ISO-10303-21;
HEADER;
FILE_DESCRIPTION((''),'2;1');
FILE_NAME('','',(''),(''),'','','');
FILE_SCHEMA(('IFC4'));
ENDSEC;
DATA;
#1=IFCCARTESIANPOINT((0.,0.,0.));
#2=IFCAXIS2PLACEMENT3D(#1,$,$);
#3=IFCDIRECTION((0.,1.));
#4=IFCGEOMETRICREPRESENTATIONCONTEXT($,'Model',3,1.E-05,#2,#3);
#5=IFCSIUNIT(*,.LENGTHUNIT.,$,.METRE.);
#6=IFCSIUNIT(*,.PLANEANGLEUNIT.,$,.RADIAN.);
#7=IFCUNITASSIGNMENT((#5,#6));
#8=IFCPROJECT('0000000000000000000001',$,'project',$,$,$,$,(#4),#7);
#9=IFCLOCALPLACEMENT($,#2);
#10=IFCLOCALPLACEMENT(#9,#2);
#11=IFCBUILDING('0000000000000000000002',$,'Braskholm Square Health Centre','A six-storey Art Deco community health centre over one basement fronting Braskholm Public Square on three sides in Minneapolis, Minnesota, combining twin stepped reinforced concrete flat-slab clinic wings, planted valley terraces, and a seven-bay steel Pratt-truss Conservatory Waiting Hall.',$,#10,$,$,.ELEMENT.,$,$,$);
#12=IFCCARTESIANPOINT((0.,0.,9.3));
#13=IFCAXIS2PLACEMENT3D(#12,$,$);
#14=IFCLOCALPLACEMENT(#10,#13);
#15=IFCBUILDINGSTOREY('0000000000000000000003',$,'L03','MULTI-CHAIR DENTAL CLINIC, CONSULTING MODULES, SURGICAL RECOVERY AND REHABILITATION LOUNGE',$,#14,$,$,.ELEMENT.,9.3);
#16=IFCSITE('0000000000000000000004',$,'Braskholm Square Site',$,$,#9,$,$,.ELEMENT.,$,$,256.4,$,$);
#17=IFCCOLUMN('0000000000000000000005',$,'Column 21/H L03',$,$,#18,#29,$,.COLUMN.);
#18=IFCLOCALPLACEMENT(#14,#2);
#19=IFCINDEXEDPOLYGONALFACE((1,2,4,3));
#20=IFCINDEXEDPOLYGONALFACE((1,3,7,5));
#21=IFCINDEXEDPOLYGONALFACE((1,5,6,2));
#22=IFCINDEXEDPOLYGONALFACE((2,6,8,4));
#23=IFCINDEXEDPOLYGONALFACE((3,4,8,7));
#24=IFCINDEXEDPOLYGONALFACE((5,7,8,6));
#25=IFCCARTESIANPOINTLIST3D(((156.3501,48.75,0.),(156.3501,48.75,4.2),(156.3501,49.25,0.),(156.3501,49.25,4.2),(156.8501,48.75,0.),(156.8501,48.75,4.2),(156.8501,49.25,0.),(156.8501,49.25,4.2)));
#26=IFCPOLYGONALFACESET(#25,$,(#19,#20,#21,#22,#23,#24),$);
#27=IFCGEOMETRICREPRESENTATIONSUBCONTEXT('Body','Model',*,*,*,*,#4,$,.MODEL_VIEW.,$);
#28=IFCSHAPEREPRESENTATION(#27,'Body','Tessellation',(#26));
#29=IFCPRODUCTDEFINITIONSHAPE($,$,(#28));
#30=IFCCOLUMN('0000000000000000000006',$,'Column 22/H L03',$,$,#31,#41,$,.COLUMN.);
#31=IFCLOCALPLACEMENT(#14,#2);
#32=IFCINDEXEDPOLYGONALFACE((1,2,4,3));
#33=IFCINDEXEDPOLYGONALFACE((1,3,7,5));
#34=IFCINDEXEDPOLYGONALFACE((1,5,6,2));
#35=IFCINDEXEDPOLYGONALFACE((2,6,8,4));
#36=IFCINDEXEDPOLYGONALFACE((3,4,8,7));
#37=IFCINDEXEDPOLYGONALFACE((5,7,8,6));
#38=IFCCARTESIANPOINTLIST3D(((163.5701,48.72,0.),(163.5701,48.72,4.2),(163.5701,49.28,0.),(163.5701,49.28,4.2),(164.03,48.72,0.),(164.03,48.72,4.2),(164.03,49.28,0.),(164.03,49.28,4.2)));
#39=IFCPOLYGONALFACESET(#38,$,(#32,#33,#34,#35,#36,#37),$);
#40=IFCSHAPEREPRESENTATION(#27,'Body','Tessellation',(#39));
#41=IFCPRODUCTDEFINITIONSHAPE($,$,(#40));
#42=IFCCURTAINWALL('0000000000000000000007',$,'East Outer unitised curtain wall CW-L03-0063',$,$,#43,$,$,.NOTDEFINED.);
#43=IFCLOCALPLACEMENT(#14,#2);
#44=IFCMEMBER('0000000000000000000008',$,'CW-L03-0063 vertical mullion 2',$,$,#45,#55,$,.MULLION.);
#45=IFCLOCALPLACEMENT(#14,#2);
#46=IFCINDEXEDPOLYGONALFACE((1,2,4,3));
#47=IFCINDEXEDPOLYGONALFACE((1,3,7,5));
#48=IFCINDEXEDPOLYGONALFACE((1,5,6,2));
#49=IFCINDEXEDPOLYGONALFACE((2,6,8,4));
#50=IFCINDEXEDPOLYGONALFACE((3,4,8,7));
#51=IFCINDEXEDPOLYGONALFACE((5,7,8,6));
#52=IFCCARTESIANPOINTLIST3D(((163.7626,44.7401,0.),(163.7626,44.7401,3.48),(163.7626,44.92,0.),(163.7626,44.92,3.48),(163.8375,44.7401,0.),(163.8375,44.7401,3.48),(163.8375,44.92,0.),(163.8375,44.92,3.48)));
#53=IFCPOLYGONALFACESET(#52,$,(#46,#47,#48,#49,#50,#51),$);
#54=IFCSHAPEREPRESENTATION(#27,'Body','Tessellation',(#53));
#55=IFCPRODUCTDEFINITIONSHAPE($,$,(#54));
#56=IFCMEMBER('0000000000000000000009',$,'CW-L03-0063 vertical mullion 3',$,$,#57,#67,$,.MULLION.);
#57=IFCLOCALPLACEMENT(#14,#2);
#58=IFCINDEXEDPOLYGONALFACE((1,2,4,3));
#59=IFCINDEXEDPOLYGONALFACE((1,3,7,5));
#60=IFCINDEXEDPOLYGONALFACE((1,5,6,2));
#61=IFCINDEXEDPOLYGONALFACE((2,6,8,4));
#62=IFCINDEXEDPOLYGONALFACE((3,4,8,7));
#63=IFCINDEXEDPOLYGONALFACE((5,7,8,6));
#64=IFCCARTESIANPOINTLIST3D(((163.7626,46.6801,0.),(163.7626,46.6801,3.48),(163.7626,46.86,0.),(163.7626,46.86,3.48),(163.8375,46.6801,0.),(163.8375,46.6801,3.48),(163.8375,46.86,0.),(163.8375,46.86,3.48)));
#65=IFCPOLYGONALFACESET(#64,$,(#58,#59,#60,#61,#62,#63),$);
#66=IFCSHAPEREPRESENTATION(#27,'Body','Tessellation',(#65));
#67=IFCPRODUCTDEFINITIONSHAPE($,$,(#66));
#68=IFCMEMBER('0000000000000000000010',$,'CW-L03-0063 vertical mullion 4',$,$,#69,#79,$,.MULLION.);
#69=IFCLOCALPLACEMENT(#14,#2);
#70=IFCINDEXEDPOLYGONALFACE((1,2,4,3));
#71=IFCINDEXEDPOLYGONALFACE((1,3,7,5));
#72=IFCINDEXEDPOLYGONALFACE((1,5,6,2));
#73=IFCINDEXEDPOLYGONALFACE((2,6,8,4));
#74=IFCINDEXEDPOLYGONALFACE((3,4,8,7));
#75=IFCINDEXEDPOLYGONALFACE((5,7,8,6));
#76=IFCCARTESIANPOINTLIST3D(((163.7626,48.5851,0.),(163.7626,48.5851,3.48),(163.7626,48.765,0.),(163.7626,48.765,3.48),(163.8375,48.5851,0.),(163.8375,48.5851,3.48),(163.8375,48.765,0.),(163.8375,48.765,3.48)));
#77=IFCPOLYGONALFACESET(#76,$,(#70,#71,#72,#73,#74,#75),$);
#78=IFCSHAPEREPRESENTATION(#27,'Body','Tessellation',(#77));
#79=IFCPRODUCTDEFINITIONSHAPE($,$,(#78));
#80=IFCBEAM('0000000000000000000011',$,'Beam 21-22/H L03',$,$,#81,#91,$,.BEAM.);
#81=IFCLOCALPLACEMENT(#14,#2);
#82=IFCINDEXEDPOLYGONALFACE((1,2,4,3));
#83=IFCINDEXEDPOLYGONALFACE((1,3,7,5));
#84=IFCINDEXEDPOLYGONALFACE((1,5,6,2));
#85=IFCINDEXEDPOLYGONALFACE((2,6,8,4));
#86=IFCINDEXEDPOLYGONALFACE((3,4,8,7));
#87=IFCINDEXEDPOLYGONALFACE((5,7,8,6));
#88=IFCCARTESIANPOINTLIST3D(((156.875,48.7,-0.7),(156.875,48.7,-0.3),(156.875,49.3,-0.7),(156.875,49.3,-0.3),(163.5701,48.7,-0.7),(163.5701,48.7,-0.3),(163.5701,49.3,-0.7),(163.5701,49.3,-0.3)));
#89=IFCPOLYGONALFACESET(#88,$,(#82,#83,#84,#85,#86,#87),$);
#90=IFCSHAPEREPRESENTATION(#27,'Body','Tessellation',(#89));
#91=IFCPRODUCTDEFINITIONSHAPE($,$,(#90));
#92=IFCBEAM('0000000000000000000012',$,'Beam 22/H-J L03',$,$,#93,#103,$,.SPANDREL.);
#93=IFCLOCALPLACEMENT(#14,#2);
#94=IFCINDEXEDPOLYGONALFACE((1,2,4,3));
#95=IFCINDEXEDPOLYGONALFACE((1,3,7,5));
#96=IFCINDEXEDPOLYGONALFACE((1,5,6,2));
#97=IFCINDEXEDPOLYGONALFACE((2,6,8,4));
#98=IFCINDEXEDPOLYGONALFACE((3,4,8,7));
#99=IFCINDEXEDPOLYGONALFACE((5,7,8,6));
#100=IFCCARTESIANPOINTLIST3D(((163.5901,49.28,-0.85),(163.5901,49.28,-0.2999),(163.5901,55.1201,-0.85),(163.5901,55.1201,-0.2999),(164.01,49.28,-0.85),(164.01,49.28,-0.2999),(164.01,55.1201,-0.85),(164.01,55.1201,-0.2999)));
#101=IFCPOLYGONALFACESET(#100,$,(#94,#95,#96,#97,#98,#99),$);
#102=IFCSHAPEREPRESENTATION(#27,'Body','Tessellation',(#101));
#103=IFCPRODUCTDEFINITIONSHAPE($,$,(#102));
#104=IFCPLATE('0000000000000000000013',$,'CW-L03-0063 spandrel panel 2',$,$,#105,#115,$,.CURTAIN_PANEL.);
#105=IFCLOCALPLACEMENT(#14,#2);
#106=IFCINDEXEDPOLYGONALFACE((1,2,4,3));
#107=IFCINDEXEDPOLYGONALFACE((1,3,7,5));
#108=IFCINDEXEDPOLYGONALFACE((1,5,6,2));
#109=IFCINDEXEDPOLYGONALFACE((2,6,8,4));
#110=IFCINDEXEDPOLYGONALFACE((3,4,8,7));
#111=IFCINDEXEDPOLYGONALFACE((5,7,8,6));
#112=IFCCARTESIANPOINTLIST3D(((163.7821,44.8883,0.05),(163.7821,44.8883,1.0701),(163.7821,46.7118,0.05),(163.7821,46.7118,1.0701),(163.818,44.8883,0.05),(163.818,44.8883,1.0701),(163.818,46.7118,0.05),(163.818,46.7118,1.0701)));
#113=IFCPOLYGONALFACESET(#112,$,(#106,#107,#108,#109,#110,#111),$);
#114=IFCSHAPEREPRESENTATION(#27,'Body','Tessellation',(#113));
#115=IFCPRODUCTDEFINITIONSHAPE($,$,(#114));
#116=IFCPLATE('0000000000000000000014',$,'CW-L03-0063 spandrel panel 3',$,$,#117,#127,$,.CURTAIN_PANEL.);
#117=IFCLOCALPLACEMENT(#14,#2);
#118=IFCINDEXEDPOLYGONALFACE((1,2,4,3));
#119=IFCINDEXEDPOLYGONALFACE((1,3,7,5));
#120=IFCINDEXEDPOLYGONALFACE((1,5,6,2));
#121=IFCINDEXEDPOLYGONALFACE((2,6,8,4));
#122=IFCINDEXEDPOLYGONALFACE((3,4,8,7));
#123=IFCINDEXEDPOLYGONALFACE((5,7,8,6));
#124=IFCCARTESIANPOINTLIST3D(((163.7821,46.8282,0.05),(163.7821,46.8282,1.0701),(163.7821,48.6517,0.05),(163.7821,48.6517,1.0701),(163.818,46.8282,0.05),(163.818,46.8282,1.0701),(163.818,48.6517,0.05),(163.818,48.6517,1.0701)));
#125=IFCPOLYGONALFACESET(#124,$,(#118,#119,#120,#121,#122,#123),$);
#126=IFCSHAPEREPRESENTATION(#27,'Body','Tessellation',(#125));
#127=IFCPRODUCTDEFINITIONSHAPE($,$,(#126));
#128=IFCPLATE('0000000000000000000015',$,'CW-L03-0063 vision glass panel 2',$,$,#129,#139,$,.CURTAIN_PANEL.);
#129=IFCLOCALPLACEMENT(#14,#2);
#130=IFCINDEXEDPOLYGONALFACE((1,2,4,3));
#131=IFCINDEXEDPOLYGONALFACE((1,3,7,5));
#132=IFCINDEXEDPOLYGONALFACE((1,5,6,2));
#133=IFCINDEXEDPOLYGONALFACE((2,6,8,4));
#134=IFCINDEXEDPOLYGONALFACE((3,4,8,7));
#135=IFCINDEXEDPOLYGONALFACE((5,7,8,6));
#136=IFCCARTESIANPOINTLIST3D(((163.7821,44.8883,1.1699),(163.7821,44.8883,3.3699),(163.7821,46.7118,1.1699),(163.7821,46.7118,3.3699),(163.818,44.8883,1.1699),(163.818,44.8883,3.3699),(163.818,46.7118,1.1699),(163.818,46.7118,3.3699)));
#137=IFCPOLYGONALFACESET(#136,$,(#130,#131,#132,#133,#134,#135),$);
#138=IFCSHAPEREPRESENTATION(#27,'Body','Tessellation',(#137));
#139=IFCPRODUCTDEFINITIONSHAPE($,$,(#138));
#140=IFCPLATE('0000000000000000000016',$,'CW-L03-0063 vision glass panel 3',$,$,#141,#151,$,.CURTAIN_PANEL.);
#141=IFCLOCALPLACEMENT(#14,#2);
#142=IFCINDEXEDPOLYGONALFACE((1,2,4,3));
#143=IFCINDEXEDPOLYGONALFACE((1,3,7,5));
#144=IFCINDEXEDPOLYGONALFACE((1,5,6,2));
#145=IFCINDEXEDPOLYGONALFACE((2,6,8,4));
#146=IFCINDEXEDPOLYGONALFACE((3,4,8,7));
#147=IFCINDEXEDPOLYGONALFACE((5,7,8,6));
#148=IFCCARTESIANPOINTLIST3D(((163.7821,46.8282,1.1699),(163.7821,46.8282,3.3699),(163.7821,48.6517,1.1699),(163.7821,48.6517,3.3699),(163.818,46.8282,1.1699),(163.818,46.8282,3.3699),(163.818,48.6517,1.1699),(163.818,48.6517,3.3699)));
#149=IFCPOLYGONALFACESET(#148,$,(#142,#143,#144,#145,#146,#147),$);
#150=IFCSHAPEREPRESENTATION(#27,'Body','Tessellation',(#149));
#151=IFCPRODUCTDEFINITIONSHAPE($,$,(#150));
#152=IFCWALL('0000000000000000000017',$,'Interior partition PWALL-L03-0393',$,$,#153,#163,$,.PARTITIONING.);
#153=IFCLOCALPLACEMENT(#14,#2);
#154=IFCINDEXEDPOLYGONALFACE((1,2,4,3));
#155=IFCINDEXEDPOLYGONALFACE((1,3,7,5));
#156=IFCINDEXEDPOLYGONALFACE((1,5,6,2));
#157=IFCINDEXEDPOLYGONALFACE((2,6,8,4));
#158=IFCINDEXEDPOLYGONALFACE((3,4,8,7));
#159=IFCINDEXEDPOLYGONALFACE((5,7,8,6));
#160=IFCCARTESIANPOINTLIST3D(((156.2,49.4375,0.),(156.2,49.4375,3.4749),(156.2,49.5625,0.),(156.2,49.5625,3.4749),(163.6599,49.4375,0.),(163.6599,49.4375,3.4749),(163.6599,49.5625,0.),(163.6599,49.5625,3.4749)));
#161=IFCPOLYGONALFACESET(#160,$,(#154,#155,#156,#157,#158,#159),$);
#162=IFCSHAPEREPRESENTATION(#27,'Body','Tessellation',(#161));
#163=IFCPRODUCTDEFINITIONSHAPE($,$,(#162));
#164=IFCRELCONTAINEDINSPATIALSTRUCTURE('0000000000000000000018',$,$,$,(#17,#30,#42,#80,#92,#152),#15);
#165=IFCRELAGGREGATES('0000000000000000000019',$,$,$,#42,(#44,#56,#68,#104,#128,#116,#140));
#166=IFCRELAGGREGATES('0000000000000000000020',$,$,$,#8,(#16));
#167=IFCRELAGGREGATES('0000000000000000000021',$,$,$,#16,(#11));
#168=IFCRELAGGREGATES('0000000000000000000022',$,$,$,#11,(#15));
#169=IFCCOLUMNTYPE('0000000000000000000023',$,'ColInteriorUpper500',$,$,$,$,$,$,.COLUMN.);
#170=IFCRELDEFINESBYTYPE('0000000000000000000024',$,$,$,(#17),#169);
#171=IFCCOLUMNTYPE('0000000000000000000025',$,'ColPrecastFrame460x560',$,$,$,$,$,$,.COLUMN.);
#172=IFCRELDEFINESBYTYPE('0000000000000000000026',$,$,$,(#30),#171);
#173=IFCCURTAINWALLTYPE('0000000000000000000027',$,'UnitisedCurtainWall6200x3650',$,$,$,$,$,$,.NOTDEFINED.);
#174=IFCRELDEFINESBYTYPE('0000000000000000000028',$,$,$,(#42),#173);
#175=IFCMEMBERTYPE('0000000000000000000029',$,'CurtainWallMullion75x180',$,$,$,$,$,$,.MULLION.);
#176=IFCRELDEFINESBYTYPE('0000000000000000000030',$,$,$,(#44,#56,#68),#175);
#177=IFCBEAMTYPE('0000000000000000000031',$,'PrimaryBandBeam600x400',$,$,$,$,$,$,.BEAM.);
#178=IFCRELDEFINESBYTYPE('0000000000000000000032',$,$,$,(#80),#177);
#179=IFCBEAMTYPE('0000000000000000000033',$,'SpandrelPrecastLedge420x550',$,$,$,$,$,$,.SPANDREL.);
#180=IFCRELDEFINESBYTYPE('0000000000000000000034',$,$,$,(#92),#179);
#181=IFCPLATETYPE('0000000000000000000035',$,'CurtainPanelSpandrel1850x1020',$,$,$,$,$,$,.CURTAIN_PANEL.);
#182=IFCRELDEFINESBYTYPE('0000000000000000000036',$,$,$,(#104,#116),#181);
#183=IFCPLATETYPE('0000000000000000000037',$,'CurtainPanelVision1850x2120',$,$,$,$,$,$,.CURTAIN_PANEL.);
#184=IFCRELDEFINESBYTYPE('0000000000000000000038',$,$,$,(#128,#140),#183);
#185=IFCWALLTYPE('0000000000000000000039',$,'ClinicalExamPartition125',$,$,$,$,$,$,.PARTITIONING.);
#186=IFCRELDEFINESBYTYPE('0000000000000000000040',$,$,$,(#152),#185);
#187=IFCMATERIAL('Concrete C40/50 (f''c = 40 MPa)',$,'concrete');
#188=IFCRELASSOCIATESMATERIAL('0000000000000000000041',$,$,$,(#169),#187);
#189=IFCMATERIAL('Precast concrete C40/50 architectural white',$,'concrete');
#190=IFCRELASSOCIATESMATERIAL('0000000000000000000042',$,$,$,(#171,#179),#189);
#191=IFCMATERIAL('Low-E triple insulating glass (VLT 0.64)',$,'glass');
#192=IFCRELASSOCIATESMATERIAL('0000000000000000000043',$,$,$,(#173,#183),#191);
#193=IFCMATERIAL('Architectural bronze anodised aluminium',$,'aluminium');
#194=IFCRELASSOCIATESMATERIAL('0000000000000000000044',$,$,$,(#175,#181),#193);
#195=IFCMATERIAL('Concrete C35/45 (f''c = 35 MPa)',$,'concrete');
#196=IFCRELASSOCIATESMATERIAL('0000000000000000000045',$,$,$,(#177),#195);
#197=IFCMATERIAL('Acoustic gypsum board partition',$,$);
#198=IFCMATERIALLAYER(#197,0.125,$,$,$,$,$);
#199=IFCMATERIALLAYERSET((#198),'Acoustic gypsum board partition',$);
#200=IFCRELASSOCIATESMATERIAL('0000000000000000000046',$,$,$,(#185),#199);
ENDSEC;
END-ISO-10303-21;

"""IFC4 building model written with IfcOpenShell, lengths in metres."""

from ifc_helpers import new_model, si_unit, direction, frame, frame_2d, origin, origin_2d, place, context, subcontext, project, spatial, rectangle, extrude, material, layer, layer_set, material_profile, profile_set, type_object, element, aggregate, save


model = new_model("IFC4")

# Units and contexts
model_context = context("Model", 3, precision=1e-05, world=origin(), true_north=direction((0.0, 1.0)))
body_context = subcontext(model_context, "Body", "Model", "MODEL_VIEW")
ifc_project = project(units=[si_unit("LENGTHUNIT", "METRE"), si_unit("PLANEANGLEUNIT", "RADIAN")], contexts=[model_context])

# Site, building, storey
site_placement = place(None, origin())
site = spatial("IfcSite", under=ifc_project, at=site_placement, Name="Braskholm Square Site", CompositionType="ELEMENT", RefElevation=256.4)
building_placement = place(site_placement, origin())
building = spatial("IfcBuilding", under=site, at=building_placement, Name="Braskholm Square Health Centre", Description="A six-storey Art Deco community health centre over one basement fronting Braskholm Public Square on three sides in Minneapolis, Minnesota, combining twin stepped reinforced concrete flat-slab clinic wings, planted valley terraces, and a seven-bay steel Pratt-truss Conservatory Waiting Hall.", CompositionType="ELEMENT")
storey_placement = place(building_placement, frame((0.0, 0.0, 9.3)))
storey = spatial("IfcBuildingStorey", under=building, at=storey_placement, Name="L03", Description="MULTI-CHAIR DENTAL CLINIC, CONSULTING MODULES, SURGICAL RECOVERY AND REHABILITATION LOUNGE", CompositionType="ELEMENT", Elevation=9.3)

# Columns
ifc_material_1 = material(Name="Concrete C40/50 (f'c = 40 MPa)", Category="concrete")
ifc_material_profile_1 = material_profile(ifc_material_1, rectangle(XDim=0.5, YDim=0.5, at=origin_2d()), Name="RC-500X500")
ifc_profile_set_1 = profile_set([ifc_material_profile_1], Name="Concrete C40/50 (f'c = 40 MPa)")
column_type_1 = type_object("IfcColumnType", Name="ColInteriorUpper500", PredefinedType="COLUMN", material=ifc_profile_set_1)
column_1_placement = place(storey_placement, frame((156.6001, 49.0, 0.0), z_axis=(0.0, 0.0, 1.0), x_axis=(1.0, 0.0, 0.0)))
element("IfcColumn", 1, at=column_1_placement, inside=storey, type_object=column_type_1, Name="Column 21/H L03", PredefinedType="COLUMN", context=body_context, shape_type="SweptSolid", body=[
    extrude(rectangle(XDim=0.5, YDim=0.5, at=origin_2d()), origin(), (0.0, 0.0, 1.0), 4.2),
])
ifc_material_2 = material(Name="Precast concrete C40/50 architectural white", Category="concrete")
ifc_material_profile_2 = material_profile(ifc_material_2, rectangle(XDim=0.46, YDim=0.5601, at=origin_2d()), Name="RC-460X560")
ifc_profile_set_2 = profile_set([ifc_material_profile_2], Name="Precast concrete C40/50 architectural white")
column_type_2 = type_object("IfcColumnType", Name="ColPrecastFrame460x560", PredefinedType="COLUMN", material=ifc_profile_set_2)
column_2_placement = place(storey_placement, frame((163.8, 49.0, 0.0), z_axis=(0.0, 0.0, 1.0), x_axis=(1.0, 0.0, 0.0)))
element("IfcColumn", 2, at=column_2_placement, inside=storey, type_object=column_type_2, Name="Column 22/H L03", PredefinedType="COLUMN", context=body_context, shape_type="SweptSolid", body=[
    extrude(rectangle(XDim=0.46, YDim=0.5601, at=origin_2d()), origin(), (0.0, 0.0, 1.0), 4.2),
])

# Curtain wall, members
ifc_material_3 = material(Name="Low-E triple insulating glass (VLT 0.64)", Category="glass")
curtain_wall_type = type_object("IfcCurtainWallType", Name="UnitisedCurtainWall6200x3650", PredefinedType="NOTDEFINED", material=ifc_material_3)
curtain_wall_placement = place(storey_placement, origin())
curtain_wall = element("IfcCurtainWall", 3, at=curtain_wall_placement, inside=storey, type_object=curtain_wall_type, Name="East Outer unitised curtain wall CW-L03-0063", PredefinedType="NOTDEFINED")
ifc_material_4 = material(Name="Architectural bronze anodised aluminium", Category="aluminium")
ifc_material_profile_3 = material_profile(ifc_material_4, rectangle(XDim=0.075, YDim=0.1799, at=origin_2d()), Name="ALU-75X180")
ifc_profile_set_3 = profile_set([ifc_material_profile_3], Name="Architectural bronze anodised aluminium")
member_type = type_object("IfcMemberType", Name="CurtainWallMullion75x180", PredefinedType="MULLION", material=ifc_profile_set_3)
member_1_placement = place(storey_placement, frame((163.8, 44.8301, 0.0), z_axis=(0.0, 0.0, 1.0), x_axis=(1.0, 0.0, 0.0)))
member_1 = element("IfcMember", 4, at=member_1_placement, type_object=member_type, Name="CW-L03-0063 vertical mullion 2", PredefinedType="MULLION", context=body_context, shape_type="SweptSolid", body=[
    extrude(rectangle(XDim=0.075, YDim=0.1799, at=origin_2d()), origin(), (0.0, 0.0, 1.0), 3.48),
])
member_2_placement = place(storey_placement, frame((163.8, 46.77, 0.0), z_axis=(0.0, 0.0, 1.0), x_axis=(1.0, 0.0, 0.0)))
member_2 = element("IfcMember", 5, at=member_2_placement, type_object=member_type, Name="CW-L03-0063 vertical mullion 3", PredefinedType="MULLION", context=body_context, shape_type="SweptSolid", body=[
    extrude(rectangle(XDim=0.075, YDim=0.1799, at=origin_2d()), origin(), (0.0, 0.0, 1.0), 3.48),
])
member_3_placement = place(storey_placement, frame((163.8, 48.675, 0.0), z_axis=(0.0, 0.0, 1.0), x_axis=(1.0, 0.0, 0.0)))
member_3 = element("IfcMember", 6, at=member_3_placement, type_object=member_type, Name="CW-L03-0063 vertical mullion 4", PredefinedType="MULLION", context=body_context, shape_type="SweptSolid", body=[
    extrude(rectangle(XDim=0.075, YDim=0.1799, at=origin_2d()), origin(), (0.0, 0.0, 1.0), 3.48),
])

# Beams
ifc_material_5 = material(Name="Concrete C35/45 (f'c = 35 MPa)", Category="concrete")
ifc_material_profile_4 = material_profile(ifc_material_5, rectangle(XDim=0.6001, YDim=0.3999, at=origin_2d()), Name="RCB-600X400")
ifc_profile_set_4 = profile_set([ifc_material_profile_4], Name="Concrete C35/45 (f'c = 35 MPa)")
beam_type_1 = type_object("IfcBeamType", Name="PrimaryBandBeam600x400", PredefinedType="BEAM", material=ifc_profile_set_4)
beam_1_placement = place(storey_placement, frame((156.875, 49.0, -0.5), z_axis=(1.0, 0.0, 0.0), x_axis=(0.0, 1.0, 0.0)))
element("IfcBeam", 7, at=beam_1_placement, inside=storey, type_object=beam_type_1, Name="Beam 21-22/H L03", PredefinedType="BEAM", context=body_context, shape_type="SweptSolid", body=[
    extrude(rectangle(XDim=0.6001, YDim=0.3999, at=origin_2d()), origin(), (0.0, 0.0, 1.0), 6.6951),
])
ifc_material_profile_5 = material_profile(ifc_material_2, rectangle(XDim=0.4199, YDim=0.55, at=origin_2d()), Name="RCB-420X550")
ifc_profile_set_5 = profile_set([ifc_material_profile_5], Name="Precast concrete C40/50 architectural white")
beam_type_2 = type_object("IfcBeamType", Name="SpandrelPrecastLedge420x550", PredefinedType="SPANDREL", material=ifc_profile_set_5)
beam_2_placement = place(storey_placement, frame((163.8, 49.28, -0.575), z_axis=(0.0, 1.0, 0.0), x_axis=(-1.0, 0.0, 0.0)))
element("IfcBeam", 8, at=beam_2_placement, inside=storey, type_object=beam_type_2, Name="Beam 22/H-J L03", PredefinedType="SPANDREL", context=body_context, shape_type="SweptSolid", body=[
    extrude(rectangle(XDim=0.4199, YDim=0.55, at=origin_2d()), origin(), (0.0, 0.0, 1.0), 5.8401),
])

# Plates
plate_type_1 = type_object("IfcPlateType", Name="CurtainPanelSpandrel1850x1020", PredefinedType="CURTAIN_PANEL", material=ifc_material_4)
plate_1_placement = place(storey_placement, frame((163.8, 45.8, 0.05), z_axis=(0.0, 0.0, 1.0), x_axis=(0.0, 1.0, 0.0)))
plate_1 = element("IfcPlate", 9, at=plate_1_placement, type_object=plate_type_1, Name="CW-L03-0063 spandrel panel 2", PredefinedType="CURTAIN_PANEL", context=body_context, shape_type="SweptSolid", body=[
    extrude(rectangle(XDim=1.8235, YDim=0.0359, at=origin_2d()), origin(), (0.0, 0.0, 1.0), 1.02),
])
plate_2_placement = place(storey_placement, frame((163.8, 47.74, 0.05), z_axis=(0.0, 0.0, 1.0), x_axis=(0.0, 1.0, 0.0)))
plate_2 = element("IfcPlate", 10, at=plate_2_placement, type_object=plate_type_1, Name="CW-L03-0063 spandrel panel 3", PredefinedType="CURTAIN_PANEL", context=body_context, shape_type="SweptSolid", body=[
    extrude(rectangle(XDim=1.8235, YDim=0.0359, at=origin_2d()), origin(), (0.0, 0.0, 1.0), 1.02),
])
plate_type_2 = type_object("IfcPlateType", Name="CurtainPanelVision1850x2120", PredefinedType="CURTAIN_PANEL", material=ifc_material_3)
plate_3_placement = place(storey_placement, frame((163.8, 45.8, 1.1699), z_axis=(0.0, 0.0, 1.0), x_axis=(0.0, 1.0, 0.0)))
plate_3 = element("IfcPlate", 11, at=plate_3_placement, type_object=plate_type_2, Name="CW-L03-0063 vision glass panel 2", PredefinedType="CURTAIN_PANEL", context=body_context, shape_type="SweptSolid", body=[
    extrude(rectangle(XDim=1.8235, YDim=0.0359, at=origin_2d()), origin(), (0.0, 0.0, 1.0), 2.2),
])
plate_4_placement = place(storey_placement, frame((163.8, 47.74, 1.1699), z_axis=(0.0, 0.0, 1.0), x_axis=(0.0, 1.0, 0.0)))
plate_4 = element("IfcPlate", 12, at=plate_4_placement, type_object=plate_type_2, Name="CW-L03-0063 vision glass panel 3", PredefinedType="CURTAIN_PANEL", context=body_context, shape_type="SweptSolid", body=[
    extrude(rectangle(XDim=1.8235, YDim=0.0359, at=origin_2d()), origin(), (0.0, 0.0, 1.0), 2.2),
])
aggregate(curtain_wall, [member_1, member_2, member_3, plate_1, plate_3, plate_2, plate_4])

# Wall
ifc_material_6 = material(Name="Acoustic gypsum board partition")
ifc_layer_1 = layer(ifc_material_6, 0.125)
ifc_layer_set_1 = layer_set([ifc_layer_1], Name="Acoustic gypsum board partition")
wall_type_1 = type_object("IfcWallType", Name="ClinicalExamPartition125", PredefinedType="PARTITIONING", material=ifc_layer_set_1)
wall_1_placement = place(storey_placement, frame((156.2, 49.5, 0.0), z_axis=(0.0, 0.0, 1.0), x_axis=(1.0, 0.0, 0.0)))
element("IfcWall", 13, at=wall_1_placement, inside=storey, type_object=wall_type_1, Name="Interior partition PWALL-L03-0393", PredefinedType="PARTITIONING", context=body_context, shape_type="SweptSolid", body=[
    extrude(rectangle(XDim=7.46, YDim=0.125, at=frame_2d((3.73, 0.0))), origin(), (0.0, 0.0, 1.0), 3.4749),
])

save(model, "model.ifc")
